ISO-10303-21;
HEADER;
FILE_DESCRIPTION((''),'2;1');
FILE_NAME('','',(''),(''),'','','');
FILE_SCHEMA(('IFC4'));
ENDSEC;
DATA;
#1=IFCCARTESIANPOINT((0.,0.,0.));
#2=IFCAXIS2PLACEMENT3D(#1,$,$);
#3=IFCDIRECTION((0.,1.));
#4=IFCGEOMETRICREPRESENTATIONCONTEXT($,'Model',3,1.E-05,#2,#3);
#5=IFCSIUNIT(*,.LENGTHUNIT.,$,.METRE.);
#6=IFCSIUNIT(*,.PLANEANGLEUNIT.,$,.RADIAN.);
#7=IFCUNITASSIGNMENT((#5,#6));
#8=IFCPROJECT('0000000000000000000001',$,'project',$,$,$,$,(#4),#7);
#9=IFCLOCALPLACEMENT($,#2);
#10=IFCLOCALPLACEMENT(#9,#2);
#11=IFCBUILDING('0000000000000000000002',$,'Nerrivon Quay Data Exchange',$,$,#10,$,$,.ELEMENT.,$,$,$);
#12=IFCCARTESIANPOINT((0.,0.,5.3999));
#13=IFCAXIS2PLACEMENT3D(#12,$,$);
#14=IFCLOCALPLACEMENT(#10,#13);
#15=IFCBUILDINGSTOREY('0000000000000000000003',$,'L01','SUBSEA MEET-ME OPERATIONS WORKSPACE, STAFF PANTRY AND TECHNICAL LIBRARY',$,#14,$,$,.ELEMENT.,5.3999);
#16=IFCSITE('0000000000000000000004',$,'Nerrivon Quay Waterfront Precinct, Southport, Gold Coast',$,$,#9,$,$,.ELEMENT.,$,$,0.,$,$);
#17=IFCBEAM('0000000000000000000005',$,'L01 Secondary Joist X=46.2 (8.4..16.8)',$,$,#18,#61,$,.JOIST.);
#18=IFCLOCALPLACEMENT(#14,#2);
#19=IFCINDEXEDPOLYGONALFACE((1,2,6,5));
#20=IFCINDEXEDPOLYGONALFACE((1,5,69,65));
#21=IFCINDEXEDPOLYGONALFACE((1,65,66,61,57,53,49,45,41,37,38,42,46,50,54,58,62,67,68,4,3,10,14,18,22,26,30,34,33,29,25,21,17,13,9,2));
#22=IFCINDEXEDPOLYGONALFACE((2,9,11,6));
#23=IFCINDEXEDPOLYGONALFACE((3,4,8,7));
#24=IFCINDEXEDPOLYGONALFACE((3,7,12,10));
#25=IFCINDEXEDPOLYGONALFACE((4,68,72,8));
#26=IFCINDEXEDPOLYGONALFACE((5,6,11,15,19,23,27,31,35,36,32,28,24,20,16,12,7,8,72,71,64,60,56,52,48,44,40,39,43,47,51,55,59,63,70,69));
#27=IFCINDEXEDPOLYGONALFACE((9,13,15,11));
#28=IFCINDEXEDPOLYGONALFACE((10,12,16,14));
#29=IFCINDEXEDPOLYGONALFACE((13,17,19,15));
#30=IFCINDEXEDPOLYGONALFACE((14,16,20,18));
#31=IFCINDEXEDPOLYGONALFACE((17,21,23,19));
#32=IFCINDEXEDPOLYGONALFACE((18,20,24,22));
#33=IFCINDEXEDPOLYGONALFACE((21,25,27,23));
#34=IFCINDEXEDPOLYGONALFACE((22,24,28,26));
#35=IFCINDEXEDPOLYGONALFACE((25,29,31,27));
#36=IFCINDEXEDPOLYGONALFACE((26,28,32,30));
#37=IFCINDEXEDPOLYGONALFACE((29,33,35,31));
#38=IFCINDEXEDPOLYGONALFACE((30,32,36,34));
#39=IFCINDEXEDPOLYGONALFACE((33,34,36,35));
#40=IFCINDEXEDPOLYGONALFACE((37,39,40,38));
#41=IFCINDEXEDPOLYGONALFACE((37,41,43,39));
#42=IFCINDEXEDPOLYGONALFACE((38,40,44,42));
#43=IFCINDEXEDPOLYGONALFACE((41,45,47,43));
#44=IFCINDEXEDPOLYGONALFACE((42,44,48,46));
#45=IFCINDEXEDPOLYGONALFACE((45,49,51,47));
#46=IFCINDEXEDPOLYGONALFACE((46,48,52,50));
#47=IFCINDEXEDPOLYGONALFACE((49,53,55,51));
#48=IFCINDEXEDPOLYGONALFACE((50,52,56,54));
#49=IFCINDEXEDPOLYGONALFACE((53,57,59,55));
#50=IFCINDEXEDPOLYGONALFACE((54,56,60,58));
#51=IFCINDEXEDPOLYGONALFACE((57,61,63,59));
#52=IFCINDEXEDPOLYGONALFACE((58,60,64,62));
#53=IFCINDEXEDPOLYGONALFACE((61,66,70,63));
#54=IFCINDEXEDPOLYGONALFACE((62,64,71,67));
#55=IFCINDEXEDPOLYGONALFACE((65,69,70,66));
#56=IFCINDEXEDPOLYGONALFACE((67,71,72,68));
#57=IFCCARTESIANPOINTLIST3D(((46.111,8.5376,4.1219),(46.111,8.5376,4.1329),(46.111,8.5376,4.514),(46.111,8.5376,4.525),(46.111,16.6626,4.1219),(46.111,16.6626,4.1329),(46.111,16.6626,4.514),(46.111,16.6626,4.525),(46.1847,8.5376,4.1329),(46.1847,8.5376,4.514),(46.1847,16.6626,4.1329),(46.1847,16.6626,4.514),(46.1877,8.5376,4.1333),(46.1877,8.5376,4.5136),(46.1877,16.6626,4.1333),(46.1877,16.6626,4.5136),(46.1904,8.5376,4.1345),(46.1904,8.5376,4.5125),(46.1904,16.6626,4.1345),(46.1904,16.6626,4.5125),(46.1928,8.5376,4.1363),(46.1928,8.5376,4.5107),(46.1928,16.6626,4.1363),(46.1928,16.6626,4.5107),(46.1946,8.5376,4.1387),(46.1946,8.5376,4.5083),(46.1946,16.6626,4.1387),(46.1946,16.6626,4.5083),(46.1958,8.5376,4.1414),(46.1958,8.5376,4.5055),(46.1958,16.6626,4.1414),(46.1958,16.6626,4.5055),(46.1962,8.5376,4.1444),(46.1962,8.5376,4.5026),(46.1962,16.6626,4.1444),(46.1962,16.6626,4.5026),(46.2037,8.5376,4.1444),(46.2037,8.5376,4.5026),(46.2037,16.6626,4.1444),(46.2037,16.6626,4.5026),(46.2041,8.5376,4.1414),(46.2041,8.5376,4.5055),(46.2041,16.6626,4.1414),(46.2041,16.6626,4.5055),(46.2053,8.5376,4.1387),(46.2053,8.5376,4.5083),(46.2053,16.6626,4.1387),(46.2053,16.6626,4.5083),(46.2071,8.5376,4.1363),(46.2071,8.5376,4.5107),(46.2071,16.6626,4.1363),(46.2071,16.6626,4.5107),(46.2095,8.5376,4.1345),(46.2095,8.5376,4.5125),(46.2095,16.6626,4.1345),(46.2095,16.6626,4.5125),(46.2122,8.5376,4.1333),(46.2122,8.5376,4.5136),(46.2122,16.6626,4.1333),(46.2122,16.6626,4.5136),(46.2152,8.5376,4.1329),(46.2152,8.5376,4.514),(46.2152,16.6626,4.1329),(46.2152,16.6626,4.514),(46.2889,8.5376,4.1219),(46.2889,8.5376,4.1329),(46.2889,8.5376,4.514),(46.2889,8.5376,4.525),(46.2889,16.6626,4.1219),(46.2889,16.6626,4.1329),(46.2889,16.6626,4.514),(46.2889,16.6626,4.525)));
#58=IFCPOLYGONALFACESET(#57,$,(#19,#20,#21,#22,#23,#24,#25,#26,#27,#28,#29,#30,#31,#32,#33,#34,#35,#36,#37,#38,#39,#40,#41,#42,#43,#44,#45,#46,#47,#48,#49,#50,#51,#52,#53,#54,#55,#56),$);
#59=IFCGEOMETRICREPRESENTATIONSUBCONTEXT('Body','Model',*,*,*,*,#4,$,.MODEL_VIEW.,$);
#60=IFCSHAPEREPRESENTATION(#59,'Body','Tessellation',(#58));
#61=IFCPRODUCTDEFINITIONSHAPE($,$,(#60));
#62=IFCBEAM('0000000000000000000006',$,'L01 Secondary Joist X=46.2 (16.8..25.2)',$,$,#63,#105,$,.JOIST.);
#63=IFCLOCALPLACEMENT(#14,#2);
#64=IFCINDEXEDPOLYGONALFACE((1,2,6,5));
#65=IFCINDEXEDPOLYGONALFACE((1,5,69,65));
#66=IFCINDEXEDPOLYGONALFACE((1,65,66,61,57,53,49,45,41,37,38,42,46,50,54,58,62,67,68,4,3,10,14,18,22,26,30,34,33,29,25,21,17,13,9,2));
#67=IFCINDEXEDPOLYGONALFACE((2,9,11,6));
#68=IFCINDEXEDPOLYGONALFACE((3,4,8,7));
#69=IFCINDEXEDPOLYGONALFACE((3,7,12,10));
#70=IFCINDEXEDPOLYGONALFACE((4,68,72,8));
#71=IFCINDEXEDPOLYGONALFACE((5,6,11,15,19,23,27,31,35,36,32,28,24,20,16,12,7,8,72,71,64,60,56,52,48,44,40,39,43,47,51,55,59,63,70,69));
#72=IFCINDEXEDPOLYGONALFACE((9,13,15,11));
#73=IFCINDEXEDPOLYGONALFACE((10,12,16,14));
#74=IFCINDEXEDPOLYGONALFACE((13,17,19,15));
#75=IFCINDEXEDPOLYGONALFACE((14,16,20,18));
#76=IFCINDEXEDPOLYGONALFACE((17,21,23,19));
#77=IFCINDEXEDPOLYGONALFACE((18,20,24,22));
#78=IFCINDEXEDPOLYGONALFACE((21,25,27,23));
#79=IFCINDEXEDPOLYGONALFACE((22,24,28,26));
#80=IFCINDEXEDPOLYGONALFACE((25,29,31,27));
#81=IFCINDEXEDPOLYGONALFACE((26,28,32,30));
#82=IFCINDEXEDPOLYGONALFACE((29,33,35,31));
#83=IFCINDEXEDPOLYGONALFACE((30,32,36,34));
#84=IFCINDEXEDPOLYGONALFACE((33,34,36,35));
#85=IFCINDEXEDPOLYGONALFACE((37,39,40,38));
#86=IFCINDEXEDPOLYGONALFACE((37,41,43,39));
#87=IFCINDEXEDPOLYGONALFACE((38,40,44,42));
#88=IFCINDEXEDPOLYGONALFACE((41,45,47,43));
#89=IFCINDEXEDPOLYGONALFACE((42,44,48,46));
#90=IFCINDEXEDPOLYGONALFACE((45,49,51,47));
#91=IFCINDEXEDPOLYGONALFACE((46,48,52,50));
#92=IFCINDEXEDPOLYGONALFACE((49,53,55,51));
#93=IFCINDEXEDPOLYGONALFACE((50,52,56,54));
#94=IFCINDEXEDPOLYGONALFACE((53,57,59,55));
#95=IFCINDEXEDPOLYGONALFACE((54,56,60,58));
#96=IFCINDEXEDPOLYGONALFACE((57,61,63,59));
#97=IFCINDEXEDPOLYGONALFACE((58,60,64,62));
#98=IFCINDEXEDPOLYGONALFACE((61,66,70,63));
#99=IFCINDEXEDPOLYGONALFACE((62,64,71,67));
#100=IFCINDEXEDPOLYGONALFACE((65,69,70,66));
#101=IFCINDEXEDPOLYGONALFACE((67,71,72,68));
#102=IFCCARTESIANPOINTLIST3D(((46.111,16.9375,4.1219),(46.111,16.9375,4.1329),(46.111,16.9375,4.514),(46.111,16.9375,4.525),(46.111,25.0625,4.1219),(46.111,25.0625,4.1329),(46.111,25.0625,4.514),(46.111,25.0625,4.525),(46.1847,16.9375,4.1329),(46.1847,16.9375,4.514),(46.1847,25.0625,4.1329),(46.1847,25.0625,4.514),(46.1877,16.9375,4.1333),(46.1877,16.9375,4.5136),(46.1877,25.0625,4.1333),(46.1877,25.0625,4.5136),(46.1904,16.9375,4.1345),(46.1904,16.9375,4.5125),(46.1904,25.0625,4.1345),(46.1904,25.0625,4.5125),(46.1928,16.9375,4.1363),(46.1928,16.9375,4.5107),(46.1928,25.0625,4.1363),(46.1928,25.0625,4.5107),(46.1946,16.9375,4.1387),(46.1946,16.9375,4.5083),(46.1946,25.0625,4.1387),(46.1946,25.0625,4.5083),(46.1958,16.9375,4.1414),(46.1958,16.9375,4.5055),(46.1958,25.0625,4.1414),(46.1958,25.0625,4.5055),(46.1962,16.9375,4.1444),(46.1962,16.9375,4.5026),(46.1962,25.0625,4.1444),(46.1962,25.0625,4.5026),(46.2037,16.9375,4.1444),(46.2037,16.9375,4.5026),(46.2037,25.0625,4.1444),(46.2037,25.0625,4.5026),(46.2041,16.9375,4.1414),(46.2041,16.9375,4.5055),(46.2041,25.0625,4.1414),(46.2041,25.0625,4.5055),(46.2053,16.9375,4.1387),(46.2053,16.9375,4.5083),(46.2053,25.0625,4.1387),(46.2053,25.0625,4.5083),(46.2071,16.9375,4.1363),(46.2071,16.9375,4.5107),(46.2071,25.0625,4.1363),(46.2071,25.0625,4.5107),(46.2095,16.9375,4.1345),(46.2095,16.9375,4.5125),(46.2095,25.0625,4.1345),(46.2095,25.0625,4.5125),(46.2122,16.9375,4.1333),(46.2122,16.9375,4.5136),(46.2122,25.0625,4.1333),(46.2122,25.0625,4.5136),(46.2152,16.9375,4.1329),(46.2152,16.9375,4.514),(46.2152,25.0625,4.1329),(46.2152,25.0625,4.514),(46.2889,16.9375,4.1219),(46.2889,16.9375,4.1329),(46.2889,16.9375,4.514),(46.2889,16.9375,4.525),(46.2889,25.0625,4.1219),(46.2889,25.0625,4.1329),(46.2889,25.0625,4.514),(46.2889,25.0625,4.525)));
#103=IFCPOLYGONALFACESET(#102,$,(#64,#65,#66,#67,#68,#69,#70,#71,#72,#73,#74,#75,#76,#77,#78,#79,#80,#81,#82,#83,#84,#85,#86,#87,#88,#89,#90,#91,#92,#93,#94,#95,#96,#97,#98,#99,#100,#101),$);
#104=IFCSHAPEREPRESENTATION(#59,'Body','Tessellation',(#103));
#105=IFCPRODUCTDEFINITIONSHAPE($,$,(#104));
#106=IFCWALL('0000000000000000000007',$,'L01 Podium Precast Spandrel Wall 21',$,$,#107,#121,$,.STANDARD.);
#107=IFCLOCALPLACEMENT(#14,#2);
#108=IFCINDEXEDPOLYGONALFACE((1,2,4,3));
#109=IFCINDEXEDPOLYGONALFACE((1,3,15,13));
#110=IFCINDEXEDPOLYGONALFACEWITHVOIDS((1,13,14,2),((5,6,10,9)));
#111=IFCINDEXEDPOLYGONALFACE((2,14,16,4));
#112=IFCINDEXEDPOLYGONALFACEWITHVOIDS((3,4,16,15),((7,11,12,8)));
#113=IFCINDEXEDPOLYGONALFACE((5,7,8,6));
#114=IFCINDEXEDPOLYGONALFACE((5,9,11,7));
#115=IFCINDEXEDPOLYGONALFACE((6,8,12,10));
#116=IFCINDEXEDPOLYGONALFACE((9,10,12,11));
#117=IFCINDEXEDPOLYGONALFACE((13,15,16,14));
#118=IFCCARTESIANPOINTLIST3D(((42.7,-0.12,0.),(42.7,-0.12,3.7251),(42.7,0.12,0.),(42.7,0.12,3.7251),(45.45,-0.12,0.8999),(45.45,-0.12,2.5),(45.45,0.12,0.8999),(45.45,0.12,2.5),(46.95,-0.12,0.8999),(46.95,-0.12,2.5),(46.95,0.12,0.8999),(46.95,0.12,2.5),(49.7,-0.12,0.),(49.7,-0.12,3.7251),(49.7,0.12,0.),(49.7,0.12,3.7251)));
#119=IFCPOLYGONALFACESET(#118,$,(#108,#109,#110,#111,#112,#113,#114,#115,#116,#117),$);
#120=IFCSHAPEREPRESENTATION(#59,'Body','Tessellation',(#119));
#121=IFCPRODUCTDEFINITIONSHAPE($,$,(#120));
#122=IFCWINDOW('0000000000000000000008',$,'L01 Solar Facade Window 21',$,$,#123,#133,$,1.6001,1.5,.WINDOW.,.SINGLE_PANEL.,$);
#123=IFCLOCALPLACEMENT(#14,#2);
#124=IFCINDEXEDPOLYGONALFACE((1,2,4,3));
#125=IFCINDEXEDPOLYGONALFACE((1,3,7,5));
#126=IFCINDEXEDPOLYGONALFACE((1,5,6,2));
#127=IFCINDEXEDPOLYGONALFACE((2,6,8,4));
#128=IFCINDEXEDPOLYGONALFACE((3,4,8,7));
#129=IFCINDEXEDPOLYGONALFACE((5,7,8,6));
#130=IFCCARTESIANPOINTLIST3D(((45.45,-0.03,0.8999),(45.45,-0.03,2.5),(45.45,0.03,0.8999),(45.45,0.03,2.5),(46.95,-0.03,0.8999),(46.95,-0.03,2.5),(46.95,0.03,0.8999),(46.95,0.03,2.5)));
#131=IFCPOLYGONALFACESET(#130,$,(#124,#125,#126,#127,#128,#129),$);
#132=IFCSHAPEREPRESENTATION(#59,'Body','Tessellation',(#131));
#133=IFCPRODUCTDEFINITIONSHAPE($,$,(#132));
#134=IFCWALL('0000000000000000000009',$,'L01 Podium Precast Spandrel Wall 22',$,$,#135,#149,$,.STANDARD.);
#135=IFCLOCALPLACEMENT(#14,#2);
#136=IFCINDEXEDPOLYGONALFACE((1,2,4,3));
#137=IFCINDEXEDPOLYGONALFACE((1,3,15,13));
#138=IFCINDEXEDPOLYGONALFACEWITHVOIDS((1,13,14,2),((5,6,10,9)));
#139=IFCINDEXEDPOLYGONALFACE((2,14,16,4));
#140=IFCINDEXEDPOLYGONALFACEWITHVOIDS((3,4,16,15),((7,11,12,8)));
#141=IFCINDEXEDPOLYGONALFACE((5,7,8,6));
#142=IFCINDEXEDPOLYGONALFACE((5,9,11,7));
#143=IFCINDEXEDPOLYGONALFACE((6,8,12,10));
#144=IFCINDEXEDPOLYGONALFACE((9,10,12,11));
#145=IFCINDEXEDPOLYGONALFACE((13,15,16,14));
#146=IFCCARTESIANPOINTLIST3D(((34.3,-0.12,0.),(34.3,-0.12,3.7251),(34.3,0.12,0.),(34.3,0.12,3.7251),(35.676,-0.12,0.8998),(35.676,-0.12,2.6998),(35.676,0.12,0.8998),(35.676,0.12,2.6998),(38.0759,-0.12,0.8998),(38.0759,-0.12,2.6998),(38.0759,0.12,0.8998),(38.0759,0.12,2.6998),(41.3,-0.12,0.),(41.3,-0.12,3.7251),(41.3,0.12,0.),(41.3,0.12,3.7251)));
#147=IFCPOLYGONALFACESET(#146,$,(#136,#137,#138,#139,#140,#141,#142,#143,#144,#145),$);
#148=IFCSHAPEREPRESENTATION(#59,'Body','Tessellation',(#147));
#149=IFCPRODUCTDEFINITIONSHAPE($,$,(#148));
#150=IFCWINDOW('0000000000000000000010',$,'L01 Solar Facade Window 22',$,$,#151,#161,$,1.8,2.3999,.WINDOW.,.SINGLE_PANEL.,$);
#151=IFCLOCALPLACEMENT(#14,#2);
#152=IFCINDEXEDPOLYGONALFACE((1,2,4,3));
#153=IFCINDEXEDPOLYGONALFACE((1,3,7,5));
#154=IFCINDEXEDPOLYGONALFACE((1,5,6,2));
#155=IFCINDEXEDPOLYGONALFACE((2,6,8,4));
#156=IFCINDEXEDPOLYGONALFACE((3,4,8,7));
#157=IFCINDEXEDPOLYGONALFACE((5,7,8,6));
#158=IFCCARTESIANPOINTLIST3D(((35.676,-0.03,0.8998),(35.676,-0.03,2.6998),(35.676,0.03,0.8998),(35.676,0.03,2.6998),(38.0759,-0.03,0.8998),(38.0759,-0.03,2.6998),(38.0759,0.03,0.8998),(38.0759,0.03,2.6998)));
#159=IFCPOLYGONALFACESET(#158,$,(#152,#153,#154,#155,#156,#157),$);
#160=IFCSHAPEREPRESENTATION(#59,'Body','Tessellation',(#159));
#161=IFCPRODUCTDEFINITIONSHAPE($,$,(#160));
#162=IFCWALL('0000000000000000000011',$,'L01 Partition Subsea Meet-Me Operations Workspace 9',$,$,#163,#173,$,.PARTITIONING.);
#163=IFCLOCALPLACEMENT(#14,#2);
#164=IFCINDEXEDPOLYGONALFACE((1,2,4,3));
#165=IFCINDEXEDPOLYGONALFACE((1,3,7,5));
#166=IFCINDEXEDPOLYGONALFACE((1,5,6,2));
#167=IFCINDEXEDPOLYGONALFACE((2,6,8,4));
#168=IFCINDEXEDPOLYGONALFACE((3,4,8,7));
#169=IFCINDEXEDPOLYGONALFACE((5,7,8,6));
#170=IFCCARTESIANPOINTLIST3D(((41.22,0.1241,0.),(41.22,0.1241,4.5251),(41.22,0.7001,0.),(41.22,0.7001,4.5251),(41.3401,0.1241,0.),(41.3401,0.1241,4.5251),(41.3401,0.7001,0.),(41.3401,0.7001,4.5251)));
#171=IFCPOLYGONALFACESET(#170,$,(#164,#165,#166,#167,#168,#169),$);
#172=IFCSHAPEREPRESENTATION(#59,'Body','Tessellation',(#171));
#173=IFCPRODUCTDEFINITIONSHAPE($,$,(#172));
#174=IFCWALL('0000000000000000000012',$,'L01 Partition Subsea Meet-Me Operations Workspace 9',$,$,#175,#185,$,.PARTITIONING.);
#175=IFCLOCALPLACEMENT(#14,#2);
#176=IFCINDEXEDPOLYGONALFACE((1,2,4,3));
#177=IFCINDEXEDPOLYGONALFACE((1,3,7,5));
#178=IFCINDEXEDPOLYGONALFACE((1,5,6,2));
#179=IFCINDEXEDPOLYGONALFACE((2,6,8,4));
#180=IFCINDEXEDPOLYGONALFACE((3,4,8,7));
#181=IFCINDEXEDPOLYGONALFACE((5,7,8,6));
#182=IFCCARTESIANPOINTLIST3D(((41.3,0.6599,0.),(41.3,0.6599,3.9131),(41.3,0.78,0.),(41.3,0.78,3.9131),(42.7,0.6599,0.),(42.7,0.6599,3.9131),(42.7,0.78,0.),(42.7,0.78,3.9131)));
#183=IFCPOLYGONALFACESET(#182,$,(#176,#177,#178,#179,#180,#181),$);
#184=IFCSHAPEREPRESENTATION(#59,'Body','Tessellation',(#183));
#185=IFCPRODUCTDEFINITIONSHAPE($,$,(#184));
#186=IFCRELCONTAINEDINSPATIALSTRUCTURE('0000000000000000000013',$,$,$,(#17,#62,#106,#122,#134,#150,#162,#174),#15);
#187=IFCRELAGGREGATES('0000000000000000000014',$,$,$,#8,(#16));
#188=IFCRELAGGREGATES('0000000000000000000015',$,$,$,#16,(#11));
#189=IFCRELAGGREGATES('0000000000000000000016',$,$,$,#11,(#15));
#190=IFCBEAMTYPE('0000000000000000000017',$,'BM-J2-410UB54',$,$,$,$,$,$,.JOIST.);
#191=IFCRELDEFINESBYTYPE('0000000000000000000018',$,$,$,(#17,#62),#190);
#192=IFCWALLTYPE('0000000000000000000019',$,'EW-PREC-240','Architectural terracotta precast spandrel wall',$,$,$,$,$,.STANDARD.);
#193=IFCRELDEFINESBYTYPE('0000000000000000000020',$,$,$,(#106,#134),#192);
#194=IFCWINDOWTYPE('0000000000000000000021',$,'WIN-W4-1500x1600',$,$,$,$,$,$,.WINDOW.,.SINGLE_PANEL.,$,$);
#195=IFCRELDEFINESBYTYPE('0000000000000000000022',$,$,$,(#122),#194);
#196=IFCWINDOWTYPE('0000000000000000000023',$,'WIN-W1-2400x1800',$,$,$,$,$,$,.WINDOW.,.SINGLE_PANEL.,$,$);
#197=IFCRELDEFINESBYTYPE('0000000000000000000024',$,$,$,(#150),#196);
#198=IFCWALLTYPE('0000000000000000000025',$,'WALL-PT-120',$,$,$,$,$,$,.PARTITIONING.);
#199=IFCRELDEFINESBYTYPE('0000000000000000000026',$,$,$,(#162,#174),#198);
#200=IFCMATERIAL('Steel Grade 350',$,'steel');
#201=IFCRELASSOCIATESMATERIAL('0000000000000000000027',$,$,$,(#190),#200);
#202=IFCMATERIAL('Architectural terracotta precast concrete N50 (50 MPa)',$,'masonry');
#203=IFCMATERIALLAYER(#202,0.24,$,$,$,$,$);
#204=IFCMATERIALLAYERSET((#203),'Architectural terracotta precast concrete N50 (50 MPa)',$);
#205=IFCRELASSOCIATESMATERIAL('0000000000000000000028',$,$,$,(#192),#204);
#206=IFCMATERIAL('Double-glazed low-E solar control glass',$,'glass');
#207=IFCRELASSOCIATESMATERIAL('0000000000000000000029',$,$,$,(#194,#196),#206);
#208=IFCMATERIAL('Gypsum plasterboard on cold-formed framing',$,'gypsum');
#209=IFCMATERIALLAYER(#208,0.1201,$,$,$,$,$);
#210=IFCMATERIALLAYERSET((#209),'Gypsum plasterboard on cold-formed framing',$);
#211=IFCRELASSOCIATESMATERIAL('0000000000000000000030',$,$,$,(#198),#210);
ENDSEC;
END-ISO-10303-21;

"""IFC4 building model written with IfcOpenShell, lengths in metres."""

from ifc_helpers import new_model, si_unit, direction, frame, frame_2d, origin, origin_2d, place, context, subcontext, project, spatial, rectangle, i_section, extrude, material, layer, layer_set, material_profile, profile_set, type_object, element, fill, save


model = new_model("IFC4")

# Units and contexts
model_context = context("Model", 3, precision=1e-05, world=origin(), true_north=direction((0.0, 1.0)))
body_context = subcontext(model_context, "Body", "Model", "MODEL_VIEW")
ifc_project = project(units=[si_unit("LENGTHUNIT", "METRE"), si_unit("PLANEANGLEUNIT", "RADIAN")], contexts=[model_context])

# Site, building, storey
site_placement = place(None, origin())
site = spatial("IfcSite", under=ifc_project, at=site_placement, Name="Nerrivon Quay Waterfront Precinct, Southport, Gold Coast", CompositionType="ELEMENT", RefElevation=0.0)
building_placement = place(site_placement, origin())
building = spatial("IfcBuilding", under=site, at=building_placement, Name="Nerrivon Quay Data Exchange", CompositionType="ELEMENT")
storey_placement = place(building_placement, frame((0.0, 0.0, 5.3999)))
storey = spatial("IfcBuildingStorey", under=building, at=storey_placement, Name="L01", Description="SUBSEA MEET-ME OPERATIONS WORKSPACE, STAFF PANTRY AND TECHNICAL LIBRARY", CompositionType="ELEMENT", Elevation=5.3999)

# Beams
ifc_material_1 = material(Name="Steel Grade 350", Category="steel")
ifc_material_profile_1 = material_profile(ifc_material_1, i_section(OverallWidth=0.178, OverallDepth=0.4031, WebThickness=0.0076, FlangeThickness=0.011, FilletRadius=0.0115, at=origin_2d()), Name="410UB53.7")
ifc_profile_set_1 = profile_set([ifc_material_profile_1], Name="Steel Grade 350")
beam_type_1 = type_object("IfcBeamType", Name="BM-J2-410UB54", PredefinedType="JOIST", material=ifc_profile_set_1)
for number, where, z_axis, x_axis, name in (
    (1, (46.2, 8.5376, 4.3235), (0.0, 1.0, 0.0), (-1.0, 0.0, 0.0), "L01 Secondary Joist X=46.2 (8.4..16.8)"),
    (2, (46.2, 16.9375, 4.3235), (0.0, 1.0, 0.0), (-1.0, 0.0, 0.0), "L01 Secondary Joist X=46.2 (16.8..25.2)"),
):
    element("IfcBeam", number, at=place(storey_placement, frame(where, z_axis=z_axis, x_axis=x_axis)), inside=storey, type_object=beam_type_1, Name=name, PredefinedType="JOIST", context=body_context, shape_type="SweptSolid", body=[
        extrude(i_section(OverallWidth=0.178, OverallDepth=0.4031, WebThickness=0.0076, FlangeThickness=0.011, FilletRadius=0.0115, at=origin_2d()), origin(), (0.0, 0.0, 1.0), 8.125),
    ])

# Walls, openings, windows
ifc_material_2 = material(Name="Architectural terracotta precast concrete N50 (50 MPa)", Category="masonry")
ifc_layer_1 = layer(ifc_material_2, 0.24)
ifc_layer_set_1 = layer_set([ifc_layer_1], Name="Architectural terracotta precast concrete N50 (50 MPa)")
wall_type_1 = type_object("IfcWallType", Name="EW-PREC-240", Description="Architectural terracotta precast spandrel wall", PredefinedType="STANDARD", material=ifc_layer_set_1)
wall_1_placement = place(storey_placement, frame((49.7, 0.0, 0.0), z_axis=(0.0, 0.0, 1.0), x_axis=(-1.0, 0.0, 0.0)))
wall_1 = element("IfcWall", 3, at=wall_1_placement, inside=storey, type_object=wall_type_1, Name="L01 Podium Precast Spandrel Wall 21", PredefinedType="STANDARD", context=body_context, shape_type="SweptSolid", body=[
    extrude(rectangle(XDim=7.0, YDim=0.24, at=frame_2d((3.5, 0.0))), origin(), (0.0, 0.0, 1.0), 3.7251),
])
opening_1_placement = place(wall_1_placement, frame((2.75, 0.0, 0.8999)))
opening_1 = element("IfcOpeningElement", 4, at=opening_1_placement, cuts=wall_1, PredefinedType="OPENING", context=body_context, shape_type="SweptSolid", body=[
    extrude(rectangle(XDim=1.5, YDim=1.6001, at=frame_2d((0.75, 0.8))), frame((0.0, 0.1299, 0.0), z_axis=(0.0, -1.0, 0.0), x_axis=(1.0, 0.0, 0.0)), (0.0, 0.0, 1.0), 0.26),
])
ifc_material_3 = material(Name="Double-glazed low-E solar control glass", Category="glass")
window_type_1 = type_object("IfcWindowType", Name="WIN-W4-1500x1600", PartitioningType="SINGLE_PANEL", PredefinedType="WINDOW", material=ifc_material_3)
window_1_placement = place(opening_1_placement, origin())
window_1 = element("IfcWindow", 5, at=window_1_placement, inside=storey, type_object=window_type_1, Name="L01 Solar Facade Window 21", OverallHeight=1.6001, OverallWidth=1.5, PartitioningType="SINGLE_PANEL", PredefinedType="WINDOW", context=body_context, shape_type="SweptSolid", body=[
    extrude(rectangle(XDim=1.5, YDim=1.6001, at=frame_2d((0.75, 0.8))), frame((0.0, 0.03, 0.0), z_axis=(0.0, -1.0, 0.0), x_axis=(1.0, 0.0, 0.0)), (0.0, 0.0, 1.0), 0.0601),
])
fill(opening_1, window_1)
wall_2_placement = place(storey_placement, frame((41.3, 0.0, 0.0), z_axis=(0.0, 0.0, 1.0), x_axis=(-1.0, 0.0, 0.0)))
wall_2 = element("IfcWall", 6, at=wall_2_placement, inside=storey, type_object=wall_type_1, Name="L01 Podium Precast Spandrel Wall 22", PredefinedType="STANDARD", context=body_context, shape_type="SweptSolid", body=[
    extrude(rectangle(XDim=7.0, YDim=0.24, at=frame_2d((3.5, 0.0))), origin(), (0.0, 0.0, 1.0), 3.7251),
])
opening_2_placement = place(wall_2_placement, frame((3.2241, 0.0, 0.8999)))
opening_2 = element("IfcOpeningElement", 7, at=opening_2_placement, cuts=wall_2, PredefinedType="OPENING", context=body_context, shape_type="SweptSolid", body=[
    extrude(rectangle(XDim=2.3999, YDim=1.8, at=frame_2d((1.2, 0.8999))), frame((0.0, 0.1299, 0.0), z_axis=(0.0, -1.0, 0.0), x_axis=(1.0, 0.0, 0.0)), (0.0, 0.0, 1.0), 0.26),
])
window_type_2 = type_object("IfcWindowType", Name="WIN-W1-2400x1800", PartitioningType="SINGLE_PANEL", PredefinedType="WINDOW", material=ifc_material_3)
window_2_placement = place(opening_2_placement, origin())
window_2 = element("IfcWindow", 8, at=window_2_placement, inside=storey, type_object=window_type_2, Name="L01 Solar Facade Window 22", OverallHeight=1.8, OverallWidth=2.3999, PartitioningType="SINGLE_PANEL", PredefinedType="WINDOW", context=body_context, shape_type="SweptSolid", body=[
    extrude(rectangle(XDim=2.3999, YDim=1.8, at=frame_2d((1.2, 0.8999))), frame((0.0, 0.03, 0.0), z_axis=(0.0, -1.0, 0.0), x_axis=(1.0, 0.0, 0.0)), (0.0, 0.0, 1.0), 0.0601),
])
fill(opening_2, window_2)

# Walls
ifc_material_4 = material(Name="Gypsum plasterboard on cold-formed framing", Category="gypsum")
ifc_layer_2 = layer(ifc_material_4, 0.1201)
ifc_layer_set_2 = layer_set([ifc_layer_2], Name="Gypsum plasterboard on cold-formed framing")
wall_type_2 = type_object("IfcWallType", Name="WALL-PT-120", PredefinedType="PARTITIONING", material=ifc_layer_set_2)
wall_3_placement = place(storey_placement, frame((41.28, 0.124, 0.0), z_axis=(0.0, 0.0, 1.0), x_axis=(0.0, 1.0, 0.0)))
element("IfcWall", 9, at=wall_3_placement, inside=storey, type_object=wall_type_2, Name="L01 Partition Subsea Meet-Me Operations Workspace 9", PredefinedType="PARTITIONING", context=body_context, shape_type="SweptSolid", body=[
    extrude(rectangle(XDim=0.5759, YDim=0.1201, at=frame_2d((0.2881, 0.0))), origin(), (0.0, 0.0, 1.0), 4.5251),
])
wall_4_placement = place(storey_placement, frame((41.3, 0.72, 0.0), z_axis=(0.0, 0.0, 1.0), x_axis=(1.0, 0.0, 0.0)))
element("IfcWall", 10, at=wall_4_placement, inside=storey, type_object=wall_type_2, Name="L01 Partition Subsea Meet-Me Operations Workspace 9", PredefinedType="PARTITIONING", context=body_context, shape_type="SweptSolid", body=[
    extrude(rectangle(XDim=1.3999, YDim=0.1201, at=frame_2d((0.7, 0.0))), origin(), (0.0, 0.0, 1.0), 3.9131),
])

save(model, "model.ifc")
